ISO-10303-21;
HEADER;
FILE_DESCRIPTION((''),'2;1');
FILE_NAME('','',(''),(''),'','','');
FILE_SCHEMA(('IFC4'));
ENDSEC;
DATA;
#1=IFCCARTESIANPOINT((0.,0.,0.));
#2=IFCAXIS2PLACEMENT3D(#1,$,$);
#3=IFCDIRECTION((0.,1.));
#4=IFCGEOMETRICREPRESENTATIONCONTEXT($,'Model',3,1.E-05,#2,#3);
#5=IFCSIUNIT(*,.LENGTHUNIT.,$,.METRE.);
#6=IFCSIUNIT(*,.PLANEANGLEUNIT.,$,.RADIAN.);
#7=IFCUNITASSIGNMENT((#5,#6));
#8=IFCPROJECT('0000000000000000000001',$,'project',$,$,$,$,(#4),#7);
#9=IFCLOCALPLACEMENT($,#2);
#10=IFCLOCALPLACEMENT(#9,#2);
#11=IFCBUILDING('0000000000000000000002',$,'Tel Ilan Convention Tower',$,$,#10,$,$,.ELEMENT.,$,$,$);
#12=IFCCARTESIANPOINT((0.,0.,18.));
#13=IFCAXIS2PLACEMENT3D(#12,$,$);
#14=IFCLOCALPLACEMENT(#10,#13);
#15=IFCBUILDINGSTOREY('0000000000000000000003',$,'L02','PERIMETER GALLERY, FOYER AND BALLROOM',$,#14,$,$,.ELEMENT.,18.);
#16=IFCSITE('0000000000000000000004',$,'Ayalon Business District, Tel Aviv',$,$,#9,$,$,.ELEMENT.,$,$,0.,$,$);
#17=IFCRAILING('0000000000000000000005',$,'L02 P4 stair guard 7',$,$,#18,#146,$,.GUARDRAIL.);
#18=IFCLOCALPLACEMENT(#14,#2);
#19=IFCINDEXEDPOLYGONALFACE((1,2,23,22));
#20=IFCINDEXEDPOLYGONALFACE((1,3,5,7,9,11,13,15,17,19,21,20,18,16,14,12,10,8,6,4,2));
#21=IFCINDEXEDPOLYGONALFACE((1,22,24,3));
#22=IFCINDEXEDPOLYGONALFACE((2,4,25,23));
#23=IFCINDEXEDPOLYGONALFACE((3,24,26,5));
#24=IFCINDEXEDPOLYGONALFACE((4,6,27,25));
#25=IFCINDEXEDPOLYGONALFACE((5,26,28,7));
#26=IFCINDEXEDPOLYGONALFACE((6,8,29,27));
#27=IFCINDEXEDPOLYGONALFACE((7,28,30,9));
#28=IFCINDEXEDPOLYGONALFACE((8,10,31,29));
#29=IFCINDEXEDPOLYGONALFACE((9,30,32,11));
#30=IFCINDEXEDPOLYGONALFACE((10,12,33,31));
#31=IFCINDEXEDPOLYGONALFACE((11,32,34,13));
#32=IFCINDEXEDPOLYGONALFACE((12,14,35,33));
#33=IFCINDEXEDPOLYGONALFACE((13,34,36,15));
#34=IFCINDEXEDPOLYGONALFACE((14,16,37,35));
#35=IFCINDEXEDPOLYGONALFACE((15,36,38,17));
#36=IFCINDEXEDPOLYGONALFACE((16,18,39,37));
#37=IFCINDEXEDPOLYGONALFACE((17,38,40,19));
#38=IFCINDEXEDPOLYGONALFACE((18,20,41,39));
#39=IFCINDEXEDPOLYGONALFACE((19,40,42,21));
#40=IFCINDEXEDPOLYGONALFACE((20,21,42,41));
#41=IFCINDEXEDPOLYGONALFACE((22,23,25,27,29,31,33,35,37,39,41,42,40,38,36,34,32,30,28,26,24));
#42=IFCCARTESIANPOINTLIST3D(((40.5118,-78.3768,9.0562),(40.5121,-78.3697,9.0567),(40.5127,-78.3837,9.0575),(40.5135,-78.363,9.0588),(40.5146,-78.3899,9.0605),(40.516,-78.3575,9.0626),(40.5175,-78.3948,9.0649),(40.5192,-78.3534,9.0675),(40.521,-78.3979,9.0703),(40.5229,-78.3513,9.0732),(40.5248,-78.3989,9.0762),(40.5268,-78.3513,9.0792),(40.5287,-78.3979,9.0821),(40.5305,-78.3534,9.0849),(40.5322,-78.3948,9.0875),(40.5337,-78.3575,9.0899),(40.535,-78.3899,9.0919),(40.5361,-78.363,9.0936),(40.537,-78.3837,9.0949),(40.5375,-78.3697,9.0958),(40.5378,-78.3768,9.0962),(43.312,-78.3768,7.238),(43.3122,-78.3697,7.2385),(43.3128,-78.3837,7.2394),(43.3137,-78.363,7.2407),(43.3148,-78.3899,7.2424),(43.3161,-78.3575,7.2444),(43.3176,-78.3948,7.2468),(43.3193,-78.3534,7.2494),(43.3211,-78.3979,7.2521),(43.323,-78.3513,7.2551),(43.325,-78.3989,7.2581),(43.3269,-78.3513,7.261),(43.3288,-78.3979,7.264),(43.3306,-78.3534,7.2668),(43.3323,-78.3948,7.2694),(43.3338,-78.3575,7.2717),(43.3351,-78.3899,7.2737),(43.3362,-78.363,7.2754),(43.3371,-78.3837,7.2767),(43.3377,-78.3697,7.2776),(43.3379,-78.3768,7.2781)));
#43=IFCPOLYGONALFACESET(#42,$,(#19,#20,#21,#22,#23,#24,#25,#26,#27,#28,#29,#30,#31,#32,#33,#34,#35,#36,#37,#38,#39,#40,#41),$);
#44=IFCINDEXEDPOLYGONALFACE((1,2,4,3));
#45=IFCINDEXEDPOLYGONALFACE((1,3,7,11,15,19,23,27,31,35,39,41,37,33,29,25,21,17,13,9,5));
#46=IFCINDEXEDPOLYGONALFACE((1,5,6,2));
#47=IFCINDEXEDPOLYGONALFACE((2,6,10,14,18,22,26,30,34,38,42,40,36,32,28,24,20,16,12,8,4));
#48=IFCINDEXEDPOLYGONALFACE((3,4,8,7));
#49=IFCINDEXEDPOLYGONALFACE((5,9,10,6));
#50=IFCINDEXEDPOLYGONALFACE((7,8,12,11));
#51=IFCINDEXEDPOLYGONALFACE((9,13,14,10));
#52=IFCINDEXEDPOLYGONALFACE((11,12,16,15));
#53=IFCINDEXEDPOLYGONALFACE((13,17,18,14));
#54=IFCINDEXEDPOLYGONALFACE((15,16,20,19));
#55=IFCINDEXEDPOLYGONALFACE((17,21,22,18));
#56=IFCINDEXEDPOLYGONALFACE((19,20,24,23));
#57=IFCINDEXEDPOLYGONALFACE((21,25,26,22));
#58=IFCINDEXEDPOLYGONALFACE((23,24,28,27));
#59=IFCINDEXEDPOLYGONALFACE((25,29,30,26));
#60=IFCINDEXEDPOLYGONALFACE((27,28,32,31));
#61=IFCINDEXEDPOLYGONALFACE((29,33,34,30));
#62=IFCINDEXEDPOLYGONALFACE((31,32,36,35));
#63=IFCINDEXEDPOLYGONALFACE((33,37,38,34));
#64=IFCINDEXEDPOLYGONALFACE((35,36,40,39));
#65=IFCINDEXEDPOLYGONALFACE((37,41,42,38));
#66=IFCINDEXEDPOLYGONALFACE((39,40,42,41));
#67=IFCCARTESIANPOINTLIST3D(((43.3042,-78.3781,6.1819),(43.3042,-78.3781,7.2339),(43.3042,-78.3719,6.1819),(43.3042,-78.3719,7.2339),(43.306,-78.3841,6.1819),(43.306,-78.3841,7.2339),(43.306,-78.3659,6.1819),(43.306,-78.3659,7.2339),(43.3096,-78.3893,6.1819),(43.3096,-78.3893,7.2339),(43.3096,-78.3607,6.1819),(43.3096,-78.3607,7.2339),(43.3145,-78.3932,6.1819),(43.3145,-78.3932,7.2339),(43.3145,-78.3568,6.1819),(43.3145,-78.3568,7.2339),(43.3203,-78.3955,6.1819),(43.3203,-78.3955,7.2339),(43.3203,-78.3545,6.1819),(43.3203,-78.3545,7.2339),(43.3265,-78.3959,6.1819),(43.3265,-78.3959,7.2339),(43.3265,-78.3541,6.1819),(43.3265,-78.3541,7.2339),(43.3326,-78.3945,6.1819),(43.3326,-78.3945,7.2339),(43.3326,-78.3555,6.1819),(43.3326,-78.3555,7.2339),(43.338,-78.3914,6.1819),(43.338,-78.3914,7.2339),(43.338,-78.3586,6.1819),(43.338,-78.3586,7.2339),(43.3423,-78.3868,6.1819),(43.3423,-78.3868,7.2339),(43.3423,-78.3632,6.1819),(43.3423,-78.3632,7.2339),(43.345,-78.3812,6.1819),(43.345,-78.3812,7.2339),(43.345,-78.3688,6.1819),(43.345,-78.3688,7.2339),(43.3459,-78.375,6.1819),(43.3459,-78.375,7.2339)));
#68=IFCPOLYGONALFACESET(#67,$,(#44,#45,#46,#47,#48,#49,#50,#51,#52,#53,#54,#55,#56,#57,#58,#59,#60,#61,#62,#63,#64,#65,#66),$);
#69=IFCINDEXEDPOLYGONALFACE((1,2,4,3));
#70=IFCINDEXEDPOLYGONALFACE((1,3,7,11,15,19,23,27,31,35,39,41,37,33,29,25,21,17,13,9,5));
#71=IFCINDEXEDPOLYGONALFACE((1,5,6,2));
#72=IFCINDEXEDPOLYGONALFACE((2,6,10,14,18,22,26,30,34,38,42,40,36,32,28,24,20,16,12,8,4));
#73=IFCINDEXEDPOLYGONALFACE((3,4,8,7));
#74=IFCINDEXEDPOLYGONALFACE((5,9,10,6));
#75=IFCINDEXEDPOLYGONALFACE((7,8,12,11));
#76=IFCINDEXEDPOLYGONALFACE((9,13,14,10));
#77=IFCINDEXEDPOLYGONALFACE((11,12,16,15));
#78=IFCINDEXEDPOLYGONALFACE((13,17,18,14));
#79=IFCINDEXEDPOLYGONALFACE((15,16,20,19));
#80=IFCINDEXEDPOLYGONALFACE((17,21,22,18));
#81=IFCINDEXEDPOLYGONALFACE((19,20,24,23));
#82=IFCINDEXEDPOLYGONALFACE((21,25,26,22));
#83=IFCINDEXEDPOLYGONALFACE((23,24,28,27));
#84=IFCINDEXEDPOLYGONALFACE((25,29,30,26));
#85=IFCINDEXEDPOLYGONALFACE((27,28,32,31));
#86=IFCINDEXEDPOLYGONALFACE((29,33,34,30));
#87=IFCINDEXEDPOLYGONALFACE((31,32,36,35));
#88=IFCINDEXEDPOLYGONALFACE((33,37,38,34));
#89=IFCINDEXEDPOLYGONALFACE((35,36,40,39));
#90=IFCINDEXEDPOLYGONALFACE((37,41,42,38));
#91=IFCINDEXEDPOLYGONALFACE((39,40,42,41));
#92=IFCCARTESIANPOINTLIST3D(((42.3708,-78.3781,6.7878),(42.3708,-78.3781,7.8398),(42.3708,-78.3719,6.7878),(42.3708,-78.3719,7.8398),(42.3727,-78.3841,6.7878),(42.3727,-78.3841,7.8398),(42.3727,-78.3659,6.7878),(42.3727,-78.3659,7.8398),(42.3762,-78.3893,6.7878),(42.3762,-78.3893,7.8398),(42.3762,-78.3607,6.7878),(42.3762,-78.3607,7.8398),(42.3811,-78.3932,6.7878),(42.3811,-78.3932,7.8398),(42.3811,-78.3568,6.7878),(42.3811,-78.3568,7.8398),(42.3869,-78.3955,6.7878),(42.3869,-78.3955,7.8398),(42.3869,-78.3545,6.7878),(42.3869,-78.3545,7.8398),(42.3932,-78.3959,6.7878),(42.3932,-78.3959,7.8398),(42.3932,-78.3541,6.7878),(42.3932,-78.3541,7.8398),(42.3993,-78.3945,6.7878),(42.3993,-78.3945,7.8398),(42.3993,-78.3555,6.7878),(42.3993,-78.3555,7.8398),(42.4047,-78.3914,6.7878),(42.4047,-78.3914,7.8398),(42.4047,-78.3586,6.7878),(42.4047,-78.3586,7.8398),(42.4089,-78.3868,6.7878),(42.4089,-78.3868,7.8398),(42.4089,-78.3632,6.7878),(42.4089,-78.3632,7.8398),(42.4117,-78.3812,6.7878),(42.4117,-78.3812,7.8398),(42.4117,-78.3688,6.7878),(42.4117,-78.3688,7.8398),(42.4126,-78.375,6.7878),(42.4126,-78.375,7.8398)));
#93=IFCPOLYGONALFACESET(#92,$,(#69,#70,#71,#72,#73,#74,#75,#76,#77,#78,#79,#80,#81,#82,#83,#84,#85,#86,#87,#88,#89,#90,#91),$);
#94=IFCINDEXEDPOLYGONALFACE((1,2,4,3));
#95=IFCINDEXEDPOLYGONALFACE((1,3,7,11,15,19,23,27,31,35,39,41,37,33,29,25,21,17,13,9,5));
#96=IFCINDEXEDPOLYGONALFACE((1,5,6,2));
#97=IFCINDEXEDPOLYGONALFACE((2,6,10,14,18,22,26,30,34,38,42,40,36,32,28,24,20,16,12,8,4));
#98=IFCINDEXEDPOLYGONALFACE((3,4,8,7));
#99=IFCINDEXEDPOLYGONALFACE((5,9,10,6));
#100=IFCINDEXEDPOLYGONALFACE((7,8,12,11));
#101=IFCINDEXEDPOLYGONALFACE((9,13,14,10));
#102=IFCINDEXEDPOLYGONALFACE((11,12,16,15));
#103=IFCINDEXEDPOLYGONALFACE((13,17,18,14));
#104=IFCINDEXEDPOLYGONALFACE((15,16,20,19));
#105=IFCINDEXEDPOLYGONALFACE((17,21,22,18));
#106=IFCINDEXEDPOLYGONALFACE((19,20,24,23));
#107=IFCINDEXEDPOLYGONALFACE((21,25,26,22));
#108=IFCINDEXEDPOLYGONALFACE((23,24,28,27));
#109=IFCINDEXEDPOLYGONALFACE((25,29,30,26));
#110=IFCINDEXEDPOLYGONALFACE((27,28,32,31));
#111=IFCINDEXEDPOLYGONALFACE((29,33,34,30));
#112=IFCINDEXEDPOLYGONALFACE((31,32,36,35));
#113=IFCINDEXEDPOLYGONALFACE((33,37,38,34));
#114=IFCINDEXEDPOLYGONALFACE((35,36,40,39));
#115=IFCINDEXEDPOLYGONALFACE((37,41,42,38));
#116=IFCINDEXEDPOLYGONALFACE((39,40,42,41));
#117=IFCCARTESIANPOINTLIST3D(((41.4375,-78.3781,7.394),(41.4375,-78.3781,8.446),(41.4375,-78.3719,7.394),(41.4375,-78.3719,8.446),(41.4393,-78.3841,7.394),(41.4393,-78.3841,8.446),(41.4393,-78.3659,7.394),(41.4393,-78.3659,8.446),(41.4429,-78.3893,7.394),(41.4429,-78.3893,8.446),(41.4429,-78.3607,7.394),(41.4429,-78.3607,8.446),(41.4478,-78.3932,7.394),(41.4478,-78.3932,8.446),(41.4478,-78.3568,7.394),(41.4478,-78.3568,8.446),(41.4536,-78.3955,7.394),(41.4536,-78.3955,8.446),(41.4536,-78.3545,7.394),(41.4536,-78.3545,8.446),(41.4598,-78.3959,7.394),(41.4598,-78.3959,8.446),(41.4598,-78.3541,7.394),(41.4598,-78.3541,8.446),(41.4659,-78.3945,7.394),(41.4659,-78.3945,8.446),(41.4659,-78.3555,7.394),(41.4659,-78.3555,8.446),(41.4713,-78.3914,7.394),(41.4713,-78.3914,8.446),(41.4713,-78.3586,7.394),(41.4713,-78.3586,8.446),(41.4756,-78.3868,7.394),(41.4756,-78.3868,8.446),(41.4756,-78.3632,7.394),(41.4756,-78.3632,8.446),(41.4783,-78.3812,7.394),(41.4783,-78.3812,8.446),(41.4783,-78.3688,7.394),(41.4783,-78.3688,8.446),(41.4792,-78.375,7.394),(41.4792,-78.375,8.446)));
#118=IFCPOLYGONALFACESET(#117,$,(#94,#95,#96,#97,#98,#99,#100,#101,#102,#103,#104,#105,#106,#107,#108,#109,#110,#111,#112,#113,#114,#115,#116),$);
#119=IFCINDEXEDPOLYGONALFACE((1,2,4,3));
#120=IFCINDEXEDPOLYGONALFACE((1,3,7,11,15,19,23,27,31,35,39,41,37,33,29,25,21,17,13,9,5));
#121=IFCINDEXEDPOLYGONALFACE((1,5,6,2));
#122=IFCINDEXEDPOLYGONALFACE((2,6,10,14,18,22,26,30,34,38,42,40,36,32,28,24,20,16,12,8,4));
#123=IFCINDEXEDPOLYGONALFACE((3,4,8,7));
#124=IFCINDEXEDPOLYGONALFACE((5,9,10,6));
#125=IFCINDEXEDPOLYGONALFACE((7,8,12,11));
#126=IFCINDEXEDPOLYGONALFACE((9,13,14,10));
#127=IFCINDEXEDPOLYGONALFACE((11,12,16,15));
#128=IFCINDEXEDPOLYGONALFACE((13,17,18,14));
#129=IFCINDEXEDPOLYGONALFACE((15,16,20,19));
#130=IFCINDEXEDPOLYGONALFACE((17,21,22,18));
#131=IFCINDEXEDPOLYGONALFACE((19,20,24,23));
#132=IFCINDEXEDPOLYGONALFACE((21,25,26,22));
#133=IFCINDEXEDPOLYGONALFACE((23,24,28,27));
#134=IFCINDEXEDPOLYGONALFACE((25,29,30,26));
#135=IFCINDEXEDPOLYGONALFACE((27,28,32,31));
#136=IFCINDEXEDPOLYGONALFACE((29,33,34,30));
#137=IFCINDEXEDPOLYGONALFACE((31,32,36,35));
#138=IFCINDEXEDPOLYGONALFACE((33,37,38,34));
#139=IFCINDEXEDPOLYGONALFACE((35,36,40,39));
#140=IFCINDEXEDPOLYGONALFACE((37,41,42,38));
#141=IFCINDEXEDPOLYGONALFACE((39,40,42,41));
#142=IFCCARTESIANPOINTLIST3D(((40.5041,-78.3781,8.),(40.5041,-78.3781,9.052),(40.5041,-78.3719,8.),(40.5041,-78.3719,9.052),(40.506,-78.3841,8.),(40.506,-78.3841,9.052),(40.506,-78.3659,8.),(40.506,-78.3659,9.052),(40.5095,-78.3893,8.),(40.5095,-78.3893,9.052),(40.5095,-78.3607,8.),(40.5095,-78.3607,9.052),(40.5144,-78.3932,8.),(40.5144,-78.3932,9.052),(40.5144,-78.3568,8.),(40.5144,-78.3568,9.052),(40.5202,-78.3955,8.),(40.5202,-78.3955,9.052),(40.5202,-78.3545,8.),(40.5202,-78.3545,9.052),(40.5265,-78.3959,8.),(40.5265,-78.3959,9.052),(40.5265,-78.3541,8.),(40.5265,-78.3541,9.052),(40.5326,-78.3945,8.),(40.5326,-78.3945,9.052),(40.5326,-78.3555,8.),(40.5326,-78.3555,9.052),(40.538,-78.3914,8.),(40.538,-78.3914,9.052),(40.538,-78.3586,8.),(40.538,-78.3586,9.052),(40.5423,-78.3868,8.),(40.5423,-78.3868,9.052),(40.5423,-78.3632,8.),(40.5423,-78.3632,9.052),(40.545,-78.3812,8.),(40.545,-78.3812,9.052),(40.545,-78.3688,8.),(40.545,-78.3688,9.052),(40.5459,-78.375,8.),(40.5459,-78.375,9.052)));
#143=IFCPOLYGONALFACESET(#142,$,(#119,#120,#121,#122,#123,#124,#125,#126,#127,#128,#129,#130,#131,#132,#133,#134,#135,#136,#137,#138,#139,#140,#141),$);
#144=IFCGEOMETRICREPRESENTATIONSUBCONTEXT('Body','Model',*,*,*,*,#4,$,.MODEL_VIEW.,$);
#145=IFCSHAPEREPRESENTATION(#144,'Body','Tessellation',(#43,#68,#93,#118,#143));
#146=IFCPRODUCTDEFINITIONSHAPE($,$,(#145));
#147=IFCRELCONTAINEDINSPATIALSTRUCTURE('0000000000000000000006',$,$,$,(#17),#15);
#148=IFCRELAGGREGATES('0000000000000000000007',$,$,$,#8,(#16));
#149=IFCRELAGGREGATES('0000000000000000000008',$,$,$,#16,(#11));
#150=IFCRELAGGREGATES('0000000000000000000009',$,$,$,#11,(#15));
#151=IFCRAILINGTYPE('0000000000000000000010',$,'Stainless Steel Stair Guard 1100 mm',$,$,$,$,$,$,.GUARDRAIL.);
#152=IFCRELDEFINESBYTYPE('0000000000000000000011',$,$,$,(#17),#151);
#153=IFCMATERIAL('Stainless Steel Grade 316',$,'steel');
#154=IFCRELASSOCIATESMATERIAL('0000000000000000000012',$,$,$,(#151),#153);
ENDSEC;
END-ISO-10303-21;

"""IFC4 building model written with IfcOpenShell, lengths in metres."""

from ifc_helpers import new_model, si_unit, direction, frame, origin, origin_2d, place, context, subcontext, project, spatial, circle, extrude, material, type_object, element, save


model = new_model("IFC4")

# Units and contexts
model_context = context("Model", 3, precision=1e-05, world=origin(), true_north=direction((0.0, 1.0)))
body_context = subcontext(model_context, "Body", "Model", "MODEL_VIEW")
ifc_project = project(units=[si_unit("LENGTHUNIT", "METRE"), si_unit("PLANEANGLEUNIT", "RADIAN")], contexts=[model_context])

# Site, building, storey
site_placement = place(None, origin())
site = spatial("IfcSite", under=ifc_project, at=site_placement, Name="Ayalon Business District, Tel Aviv", CompositionType="ELEMENT", RefElevation=0.0)
building_placement = place(site_placement, origin())
building = spatial("IfcBuilding", under=site, at=building_placement, Name="Tel Ilan Convention Tower", CompositionType="ELEMENT")
storey_placement = place(building_placement, frame((0.0, 0.0, 18.0)))
storey = spatial("IfcBuildingStorey", under=building, at=storey_placement, Name="L02", Description="PERIMETER GALLERY, FOYER AND BALLROOM", CompositionType="ELEMENT", Elevation=18.0)

# Railing
ifc_material_1 = material(Name="Stainless Steel Grade 316", Category="steel")
railing_type_1 = type_object("IfcRailingType", Name="Stainless Steel Stair Guard 1100 mm", PredefinedType="GUARDRAIL", material=ifc_material_1)
railing_1_placement = place(storey_placement, frame((43.325, -78.375, 6.1819)))
element("IfcRailing", 1, at=railing_1_placement, inside=storey, type_object=railing_type_1, Name="L02 P4 stair guard 7", PredefinedType="GUARDRAIL", context=body_context, shape_type="SweptSolid", body=[
    extrude(circle(Radius=0.0239, at=origin_2d()), frame((0.0, 0.0, 1.0762), z_axis=(-0.838706, 0.0, 0.544585), x_axis=(0.0, -1.0, 0.0)), (0.0, 0.0, 1.0), 3.3386),
    extrude(circle(Radius=0.021, at=origin_2d()), origin(), (0.0, 0.0, 1.0), 1.052),
    extrude(circle(Radius=0.021, at=origin_2d()), frame((-0.9333, 0.0, 0.606)), (0.0, 0.0, 1.0), 1.052),
    extrude(circle(Radius=0.021, at=origin_2d()), frame((-1.8667, 0.0, 1.2122)), (0.0, 0.0, 1.0), 1.052),
    extrude(circle(Radius=0.021, at=origin_2d()), frame((-2.8, 0.0, 1.8181)), (0.0, 0.0, 1.0), 1.052),
])

save(model, "model.ifc")
